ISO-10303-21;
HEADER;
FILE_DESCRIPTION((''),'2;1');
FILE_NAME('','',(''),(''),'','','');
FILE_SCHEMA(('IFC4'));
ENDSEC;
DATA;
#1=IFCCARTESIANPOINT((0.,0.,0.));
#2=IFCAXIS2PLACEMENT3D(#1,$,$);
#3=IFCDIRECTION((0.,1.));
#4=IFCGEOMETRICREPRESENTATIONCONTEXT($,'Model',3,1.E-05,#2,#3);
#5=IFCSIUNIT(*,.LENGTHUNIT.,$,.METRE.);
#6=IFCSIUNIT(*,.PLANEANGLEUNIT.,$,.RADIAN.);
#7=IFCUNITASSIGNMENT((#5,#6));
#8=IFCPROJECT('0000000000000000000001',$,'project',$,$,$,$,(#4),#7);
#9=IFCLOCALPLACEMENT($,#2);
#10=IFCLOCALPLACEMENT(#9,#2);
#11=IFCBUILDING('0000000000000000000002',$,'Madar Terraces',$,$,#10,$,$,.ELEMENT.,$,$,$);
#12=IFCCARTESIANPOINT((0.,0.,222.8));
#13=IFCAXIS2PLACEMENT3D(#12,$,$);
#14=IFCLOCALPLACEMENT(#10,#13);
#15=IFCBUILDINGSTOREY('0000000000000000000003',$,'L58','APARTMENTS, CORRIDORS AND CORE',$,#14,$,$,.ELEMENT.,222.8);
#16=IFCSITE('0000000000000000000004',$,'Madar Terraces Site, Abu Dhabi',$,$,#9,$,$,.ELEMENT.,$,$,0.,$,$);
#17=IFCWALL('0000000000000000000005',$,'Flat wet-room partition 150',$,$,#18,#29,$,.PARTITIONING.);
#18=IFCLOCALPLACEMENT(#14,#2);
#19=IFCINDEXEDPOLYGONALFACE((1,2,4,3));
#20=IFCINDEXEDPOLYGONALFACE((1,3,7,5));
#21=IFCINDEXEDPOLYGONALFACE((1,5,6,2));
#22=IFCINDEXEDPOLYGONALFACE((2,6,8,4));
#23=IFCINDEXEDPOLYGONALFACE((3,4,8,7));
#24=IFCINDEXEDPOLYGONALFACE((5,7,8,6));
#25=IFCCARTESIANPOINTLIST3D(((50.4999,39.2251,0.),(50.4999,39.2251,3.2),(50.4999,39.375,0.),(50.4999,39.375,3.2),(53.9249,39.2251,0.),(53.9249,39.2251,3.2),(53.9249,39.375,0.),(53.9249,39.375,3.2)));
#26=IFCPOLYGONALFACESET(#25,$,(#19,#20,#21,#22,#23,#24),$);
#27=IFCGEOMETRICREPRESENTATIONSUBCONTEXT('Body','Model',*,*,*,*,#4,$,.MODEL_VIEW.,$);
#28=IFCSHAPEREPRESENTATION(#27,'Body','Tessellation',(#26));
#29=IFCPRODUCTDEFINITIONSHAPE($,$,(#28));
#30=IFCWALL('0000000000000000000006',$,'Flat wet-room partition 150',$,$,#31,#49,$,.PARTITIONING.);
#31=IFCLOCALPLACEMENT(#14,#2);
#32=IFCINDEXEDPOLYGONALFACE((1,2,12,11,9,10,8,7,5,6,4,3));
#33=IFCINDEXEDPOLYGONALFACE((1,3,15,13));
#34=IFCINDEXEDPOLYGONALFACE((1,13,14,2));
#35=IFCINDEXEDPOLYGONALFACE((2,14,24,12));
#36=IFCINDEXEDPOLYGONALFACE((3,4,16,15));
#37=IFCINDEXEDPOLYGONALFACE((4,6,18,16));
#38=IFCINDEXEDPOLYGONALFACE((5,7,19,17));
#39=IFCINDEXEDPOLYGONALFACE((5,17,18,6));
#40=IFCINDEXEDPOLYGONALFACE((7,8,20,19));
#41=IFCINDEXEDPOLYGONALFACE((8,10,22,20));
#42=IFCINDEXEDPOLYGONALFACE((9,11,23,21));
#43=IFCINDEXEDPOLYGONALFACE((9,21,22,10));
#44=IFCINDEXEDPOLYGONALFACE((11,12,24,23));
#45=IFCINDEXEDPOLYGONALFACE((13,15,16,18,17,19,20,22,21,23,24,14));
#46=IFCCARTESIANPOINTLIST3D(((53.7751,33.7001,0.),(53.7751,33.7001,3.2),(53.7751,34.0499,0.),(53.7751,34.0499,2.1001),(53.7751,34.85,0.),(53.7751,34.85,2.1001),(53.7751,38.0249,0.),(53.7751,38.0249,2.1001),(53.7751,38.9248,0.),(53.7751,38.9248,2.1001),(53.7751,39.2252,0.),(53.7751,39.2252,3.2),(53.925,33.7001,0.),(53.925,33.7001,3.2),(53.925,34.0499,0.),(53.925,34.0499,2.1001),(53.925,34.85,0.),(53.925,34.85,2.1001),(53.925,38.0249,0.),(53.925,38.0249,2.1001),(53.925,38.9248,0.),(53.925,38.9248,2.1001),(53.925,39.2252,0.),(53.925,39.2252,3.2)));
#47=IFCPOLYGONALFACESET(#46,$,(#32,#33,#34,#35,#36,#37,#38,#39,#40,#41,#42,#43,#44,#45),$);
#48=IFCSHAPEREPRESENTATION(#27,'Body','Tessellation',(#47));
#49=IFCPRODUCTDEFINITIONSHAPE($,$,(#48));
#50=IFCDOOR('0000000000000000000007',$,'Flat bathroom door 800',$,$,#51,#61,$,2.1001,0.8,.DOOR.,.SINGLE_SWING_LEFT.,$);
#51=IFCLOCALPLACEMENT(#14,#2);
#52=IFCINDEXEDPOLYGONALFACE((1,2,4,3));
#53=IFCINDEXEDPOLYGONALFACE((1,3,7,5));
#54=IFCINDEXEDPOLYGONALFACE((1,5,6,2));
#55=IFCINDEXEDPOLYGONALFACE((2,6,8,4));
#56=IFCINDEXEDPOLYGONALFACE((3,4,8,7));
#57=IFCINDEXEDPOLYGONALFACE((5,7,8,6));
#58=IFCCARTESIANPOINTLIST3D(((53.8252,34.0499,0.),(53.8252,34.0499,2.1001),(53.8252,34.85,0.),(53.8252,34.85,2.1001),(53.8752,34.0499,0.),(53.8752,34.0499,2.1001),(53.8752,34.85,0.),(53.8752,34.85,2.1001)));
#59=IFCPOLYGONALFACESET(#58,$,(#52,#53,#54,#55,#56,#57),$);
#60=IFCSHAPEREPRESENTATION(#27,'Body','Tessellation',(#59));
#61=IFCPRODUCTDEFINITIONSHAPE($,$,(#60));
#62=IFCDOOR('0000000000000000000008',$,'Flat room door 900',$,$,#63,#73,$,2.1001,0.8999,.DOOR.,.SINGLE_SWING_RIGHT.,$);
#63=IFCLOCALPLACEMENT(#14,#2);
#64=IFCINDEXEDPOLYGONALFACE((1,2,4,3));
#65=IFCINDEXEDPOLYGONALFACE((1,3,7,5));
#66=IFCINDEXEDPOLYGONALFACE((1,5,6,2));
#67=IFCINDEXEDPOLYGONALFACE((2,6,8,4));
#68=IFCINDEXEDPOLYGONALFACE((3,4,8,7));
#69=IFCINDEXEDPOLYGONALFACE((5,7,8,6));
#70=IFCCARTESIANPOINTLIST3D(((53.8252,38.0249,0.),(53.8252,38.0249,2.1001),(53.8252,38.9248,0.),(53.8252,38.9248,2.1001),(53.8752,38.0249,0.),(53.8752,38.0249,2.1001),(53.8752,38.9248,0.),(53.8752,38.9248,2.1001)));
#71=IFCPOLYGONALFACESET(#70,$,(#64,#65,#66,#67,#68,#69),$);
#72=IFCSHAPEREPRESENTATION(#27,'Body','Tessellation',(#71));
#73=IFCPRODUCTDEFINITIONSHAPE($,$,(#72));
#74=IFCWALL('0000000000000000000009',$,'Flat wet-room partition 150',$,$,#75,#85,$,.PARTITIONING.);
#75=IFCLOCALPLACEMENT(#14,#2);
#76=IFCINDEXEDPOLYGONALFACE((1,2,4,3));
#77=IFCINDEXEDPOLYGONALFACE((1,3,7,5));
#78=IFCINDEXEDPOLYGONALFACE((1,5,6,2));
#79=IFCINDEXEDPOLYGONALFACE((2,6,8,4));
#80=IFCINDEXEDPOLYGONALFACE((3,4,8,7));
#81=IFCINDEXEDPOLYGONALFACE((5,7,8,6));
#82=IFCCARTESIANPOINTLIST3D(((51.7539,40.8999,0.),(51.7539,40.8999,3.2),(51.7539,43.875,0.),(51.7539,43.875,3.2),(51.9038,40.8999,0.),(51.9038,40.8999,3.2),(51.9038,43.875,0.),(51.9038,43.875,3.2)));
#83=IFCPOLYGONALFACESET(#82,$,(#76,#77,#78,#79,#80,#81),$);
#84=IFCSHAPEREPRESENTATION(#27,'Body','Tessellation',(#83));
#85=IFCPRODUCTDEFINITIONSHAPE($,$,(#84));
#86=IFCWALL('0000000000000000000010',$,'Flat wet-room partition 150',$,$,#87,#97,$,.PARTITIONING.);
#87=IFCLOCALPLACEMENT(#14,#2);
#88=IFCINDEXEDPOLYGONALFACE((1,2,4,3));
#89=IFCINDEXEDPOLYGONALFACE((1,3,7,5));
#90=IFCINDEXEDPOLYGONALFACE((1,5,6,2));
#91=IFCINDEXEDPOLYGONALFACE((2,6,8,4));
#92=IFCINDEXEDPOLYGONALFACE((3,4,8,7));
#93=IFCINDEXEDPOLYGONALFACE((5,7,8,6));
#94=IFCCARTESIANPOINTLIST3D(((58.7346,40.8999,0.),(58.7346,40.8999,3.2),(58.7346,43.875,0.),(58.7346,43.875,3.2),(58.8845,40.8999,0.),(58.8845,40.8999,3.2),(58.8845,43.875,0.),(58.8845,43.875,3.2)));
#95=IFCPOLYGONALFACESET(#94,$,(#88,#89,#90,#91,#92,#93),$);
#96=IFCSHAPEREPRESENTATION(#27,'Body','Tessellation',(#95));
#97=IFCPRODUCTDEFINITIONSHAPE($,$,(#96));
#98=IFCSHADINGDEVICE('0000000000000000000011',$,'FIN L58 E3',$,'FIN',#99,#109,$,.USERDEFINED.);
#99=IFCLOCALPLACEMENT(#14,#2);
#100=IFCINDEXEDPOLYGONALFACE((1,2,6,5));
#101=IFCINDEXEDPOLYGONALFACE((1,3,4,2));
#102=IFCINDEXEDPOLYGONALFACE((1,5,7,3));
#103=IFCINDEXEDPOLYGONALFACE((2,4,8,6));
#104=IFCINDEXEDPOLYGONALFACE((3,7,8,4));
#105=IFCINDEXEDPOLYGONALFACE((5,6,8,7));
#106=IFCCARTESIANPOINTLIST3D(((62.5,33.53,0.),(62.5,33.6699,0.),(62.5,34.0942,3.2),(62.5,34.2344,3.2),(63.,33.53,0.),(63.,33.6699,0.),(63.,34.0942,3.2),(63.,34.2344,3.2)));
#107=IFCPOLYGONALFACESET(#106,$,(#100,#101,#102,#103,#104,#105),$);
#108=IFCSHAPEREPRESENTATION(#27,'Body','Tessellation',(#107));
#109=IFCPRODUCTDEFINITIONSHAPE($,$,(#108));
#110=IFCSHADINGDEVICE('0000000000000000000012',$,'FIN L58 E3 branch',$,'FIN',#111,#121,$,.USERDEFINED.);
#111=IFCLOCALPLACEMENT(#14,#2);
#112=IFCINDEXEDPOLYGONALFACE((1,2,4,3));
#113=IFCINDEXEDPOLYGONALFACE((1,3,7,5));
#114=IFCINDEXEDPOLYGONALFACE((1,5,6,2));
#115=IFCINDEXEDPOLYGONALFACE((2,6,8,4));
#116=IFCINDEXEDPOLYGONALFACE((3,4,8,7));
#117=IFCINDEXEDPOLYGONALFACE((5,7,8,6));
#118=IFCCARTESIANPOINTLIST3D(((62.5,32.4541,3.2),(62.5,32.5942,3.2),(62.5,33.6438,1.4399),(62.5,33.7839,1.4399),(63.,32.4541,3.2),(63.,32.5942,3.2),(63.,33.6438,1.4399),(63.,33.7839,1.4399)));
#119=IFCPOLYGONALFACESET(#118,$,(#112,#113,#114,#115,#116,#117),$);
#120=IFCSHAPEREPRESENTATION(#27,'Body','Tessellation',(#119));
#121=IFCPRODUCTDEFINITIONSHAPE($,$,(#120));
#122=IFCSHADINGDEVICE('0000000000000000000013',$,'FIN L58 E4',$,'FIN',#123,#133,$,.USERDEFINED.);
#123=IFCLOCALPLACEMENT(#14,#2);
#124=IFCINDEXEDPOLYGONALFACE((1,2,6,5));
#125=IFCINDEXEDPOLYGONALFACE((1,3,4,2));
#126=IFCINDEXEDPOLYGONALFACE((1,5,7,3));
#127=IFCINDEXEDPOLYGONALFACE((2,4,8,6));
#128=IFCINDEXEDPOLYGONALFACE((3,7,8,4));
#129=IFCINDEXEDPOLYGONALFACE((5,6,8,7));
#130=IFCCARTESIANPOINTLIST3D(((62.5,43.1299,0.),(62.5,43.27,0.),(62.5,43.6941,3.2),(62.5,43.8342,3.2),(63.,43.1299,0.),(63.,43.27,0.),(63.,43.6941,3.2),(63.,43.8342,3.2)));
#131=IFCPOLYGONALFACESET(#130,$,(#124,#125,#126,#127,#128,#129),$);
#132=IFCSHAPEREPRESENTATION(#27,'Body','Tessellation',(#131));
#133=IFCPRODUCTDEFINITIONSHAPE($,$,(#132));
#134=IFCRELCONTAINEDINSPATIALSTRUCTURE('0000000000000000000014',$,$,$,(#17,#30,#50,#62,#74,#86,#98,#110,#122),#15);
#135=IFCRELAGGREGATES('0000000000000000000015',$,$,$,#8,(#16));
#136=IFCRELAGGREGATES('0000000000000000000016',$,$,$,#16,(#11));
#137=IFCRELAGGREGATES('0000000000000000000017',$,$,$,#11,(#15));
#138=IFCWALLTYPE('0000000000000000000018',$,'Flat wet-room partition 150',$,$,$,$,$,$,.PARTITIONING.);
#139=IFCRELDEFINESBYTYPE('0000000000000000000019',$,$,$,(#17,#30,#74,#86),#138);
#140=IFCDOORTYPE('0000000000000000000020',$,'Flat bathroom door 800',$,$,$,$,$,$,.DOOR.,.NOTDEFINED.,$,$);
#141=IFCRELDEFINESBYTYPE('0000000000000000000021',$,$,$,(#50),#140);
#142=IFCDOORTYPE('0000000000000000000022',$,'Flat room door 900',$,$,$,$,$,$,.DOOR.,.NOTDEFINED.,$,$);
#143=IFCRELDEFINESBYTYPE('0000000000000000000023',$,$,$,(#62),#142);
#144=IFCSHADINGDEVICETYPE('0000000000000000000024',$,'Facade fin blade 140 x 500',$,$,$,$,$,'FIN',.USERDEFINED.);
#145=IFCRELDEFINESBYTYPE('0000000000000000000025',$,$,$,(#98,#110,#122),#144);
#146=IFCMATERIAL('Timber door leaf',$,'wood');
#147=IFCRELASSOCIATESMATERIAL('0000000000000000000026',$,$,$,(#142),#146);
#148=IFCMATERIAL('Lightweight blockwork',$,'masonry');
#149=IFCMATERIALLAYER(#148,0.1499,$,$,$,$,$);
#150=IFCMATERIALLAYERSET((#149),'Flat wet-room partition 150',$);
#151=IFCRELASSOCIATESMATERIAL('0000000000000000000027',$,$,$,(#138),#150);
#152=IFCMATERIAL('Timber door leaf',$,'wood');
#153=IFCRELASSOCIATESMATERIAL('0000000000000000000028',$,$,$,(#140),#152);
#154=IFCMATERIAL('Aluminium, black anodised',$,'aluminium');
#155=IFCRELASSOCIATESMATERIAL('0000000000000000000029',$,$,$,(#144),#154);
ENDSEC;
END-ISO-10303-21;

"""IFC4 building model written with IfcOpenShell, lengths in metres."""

from ifc_helpers import new_model, si_unit, direction, frame, frame_2d, origin, place, context, subcontext, project, spatial, polyline, rectangle, outline, extrude, material, layer, layer_set, type_object, element, fill, save


model = new_model("IFC4")

# Units and contexts
model_context = context("Model", 3, precision=1e-05, world=origin(), true_north=direction((0.0, 1.0)))
body_context = subcontext(model_context, "Body", "Model", "MODEL_VIEW")
ifc_project = project(units=[si_unit("LENGTHUNIT", "METRE"), si_unit("PLANEANGLEUNIT", "RADIAN")], contexts=[model_context])

# Site, building, storey
site_placement = place(None, origin())
site = spatial("IfcSite", under=ifc_project, at=site_placement, Name="Madar Terraces Site, Abu Dhabi", CompositionType="ELEMENT", RefElevation=0.0)
building_placement = place(site_placement, origin())
building = spatial("IfcBuilding", under=site, at=building_placement, Name="Madar Terraces", CompositionType="ELEMENT")
storey_placement = place(building_placement, frame((0.0, 0.0, 222.8)))
storey = spatial("IfcBuildingStorey", under=building, at=storey_placement, Name="L58", Description="APARTMENTS, CORRIDORS AND CORE", CompositionType="ELEMENT", Elevation=222.8)

# Shared definitions
ifc_material_1 = material(Name="Timber door leaf", Category="wood")
door_type_1 = type_object("IfcDoorType", Name="Flat room door 900", OperationType="NOTDEFINED", PredefinedType="DOOR", material=ifc_material_1)

# Wall
ifc_material_2 = material(Name="Lightweight blockwork", Category="masonry")
ifc_layer_1 = layer(ifc_material_2, 0.1499)
ifc_layer_set_1 = layer_set([ifc_layer_1], Name="Flat wet-room partition 150")
wall_type_1 = type_object("IfcWallType", Name="Flat wet-room partition 150", PredefinedType="PARTITIONING", material=ifc_layer_set_1)
wall_1_placement = place(storey_placement, frame((50.5, 39.3, 0.0), z_axis=(0.0, 0.0, 1.0), x_axis=(1.0, 0.0, 0.0)))
element("IfcWall", 1, at=wall_1_placement, inside=storey, type_object=wall_type_1, Name="Flat wet-room partition 150", PredefinedType="PARTITIONING", context=body_context, shape_type="SweptSolid", body=[
    extrude(rectangle(XDim=3.425, YDim=0.1499, at=frame_2d((1.7124, 0.0))), origin(), (0.0, 0.0, 1.0), 3.2),
])

# Wall, openings, doors
wall_2_placement = place(storey_placement, frame((53.8501, 33.7, 0.0), z_axis=(0.0, 0.0, 1.0), x_axis=(0.0, 1.0, 0.0)))
wall_2 = element("IfcWall", 2, at=wall_2_placement, inside=storey, type_object=wall_type_1, Name="Flat wet-room partition 150", PredefinedType="PARTITIONING", context=body_context, shape_type="SweptSolid", body=[
    extrude(rectangle(XDim=5.5251, YDim=0.1499, at=frame_2d((2.7627, 0.0))), origin(), (0.0, 0.0, 1.0), 3.2),
])
opening_1_placement = place(wall_2_placement, frame((4.325, 0.0, 0.0)))
opening_1 = element("IfcOpeningElement", 3, at=opening_1_placement, cuts=wall_2, PredefinedType="OPENING", context=body_context, shape_type="SweptSolid", body=[
    extrude(rectangle(XDim=0.8999, YDim=2.1001, at=frame_2d((0.45, 1.05))), frame((0.0, 0.085, 0.0), z_axis=(0.0, -1.0, 0.0), x_axis=(1.0, 0.0, 0.0)), (0.0, 0.0, 1.0), 0.1699),
])
opening_2_placement = place(wall_2_placement, frame((0.3501, 0.0, 0.0)))
opening_2 = element("IfcOpeningElement", 4, at=opening_2_placement, cuts=wall_2, PredefinedType="OPENING", context=body_context, shape_type="SweptSolid", body=[
    extrude(rectangle(XDim=0.8, YDim=2.1001, at=frame_2d((0.3999, 1.05))), frame((0.0, 0.085, 0.0), z_axis=(0.0, -1.0, 0.0), x_axis=(1.0, 0.0, 0.0)), (0.0, 0.0, 1.0), 0.1699),
])
ifc_material_3 = material(Name="Timber door leaf", Category="wood")
door_type_2 = type_object("IfcDoorType", Name="Flat bathroom door 800", OperationType="NOTDEFINED", PredefinedType="DOOR", material=ifc_material_3)
door_1_placement = place(opening_2_placement, origin())
door_1 = element("IfcDoor", 5, at=door_1_placement, inside=storey, type_object=door_type_2, Name="Flat bathroom door 800", OperationType="SINGLE_SWING_LEFT", OverallHeight=2.1001, OverallWidth=0.8, PredefinedType="DOOR", context=body_context, shape_type="SweptSolid", body=[
    extrude(rectangle(XDim=0.8, YDim=2.1001, at=frame_2d((0.3999, 1.05))), frame((0.0, 0.0249, 0.0), z_axis=(0.0, -1.0, 0.0), x_axis=(1.0, 0.0, 0.0)), (0.0, 0.0, 1.0), 0.05),
])
fill(opening_2, door_1)
door_2_placement = place(opening_1_placement, origin())
door_2 = element("IfcDoor", 6, at=door_2_placement, inside=storey, type_object=door_type_1, Name="Flat room door 900", OperationType="SINGLE_SWING_RIGHT", OverallHeight=2.1001, OverallWidth=0.8999, PredefinedType="DOOR", context=body_context, shape_type="SweptSolid", body=[
    extrude(rectangle(XDim=0.8999, YDim=2.1001, at=frame_2d((0.45, 1.05))), frame((0.0, 0.0249, 0.0), z_axis=(0.0, -1.0, 0.0), x_axis=(1.0, 0.0, 0.0)), (0.0, 0.0, 1.0), 0.05),
])
fill(opening_1, door_2)

# Walls
for number, where, z_axis, x_axis, name in (
    (7, (51.8289, 40.8999, 0.0), (0.0, 0.0, 1.0), (0.0, 1.0, 0.0), "Flat wet-room partition 150"),
    (8, (58.8096, 40.8999, 0.0), (0.0, 0.0, 1.0), (0.0, 1.0, 0.0), "Flat wet-room partition 150"),
):
    element("IfcWall", number, at=place(storey_placement, frame(where, z_axis=z_axis, x_axis=x_axis)), inside=storey, type_object=wall_type_1, Name=name, PredefinedType="PARTITIONING", context=body_context, shape_type="SweptSolid", body=[
        extrude(rectangle(XDim=2.9751, YDim=0.1499, at=frame_2d((1.4875, 0.0))), origin(), (0.0, 0.0, 1.0), 3.2),
    ])

# Shading devices
ifc_material_4 = material(Name="Aluminium, black anodised", Category="aluminium")
shading_device_type = type_object("IfcShadingDeviceType", Name="Facade fin blade 140 x 500", ElementType="FIN", PredefinedType="USERDEFINED", material=ifc_material_4)
shading_device_1_placement = place(storey_placement, frame((62.75, 33.53, 0.0), z_axis=(0.0, 0.0, 1.0), x_axis=(0.0, 1.0, 0.0)))
element("IfcShadingDevice", 9, at=shading_device_1_placement, inside=storey, type_object=shading_device_type, Name="FIN L58 E3", ObjectType="FIN", PredefinedType="USERDEFINED", context=body_context, shape_type="SweptSolid", body=[
    extrude(outline(polyline([(0.0, 0.0), (0.1399, 0.0), (0.7043, 3.2), (0.5642, 3.2), (0.0, 0.0)])), frame((0.0, 0.25, 0.0), z_axis=(0.0, -1.0, 0.0), x_axis=(1.0, 0.0, 0.0)), (0.0, 0.0, 1.0), 0.5),
])
shading_device_2_placement = place(storey_placement, frame((62.75, 33.6438, 1.4399), z_axis=(0.0, 0.0, 1.0), x_axis=(0.0, 1.0, 0.0)))
element("IfcShadingDevice", 10, at=shading_device_2_placement, inside=storey, type_object=shading_device_type, Name="FIN L58 E3 branch", ObjectType="FIN", PredefinedType="USERDEFINED", context=body_context, shape_type="SweptSolid", body=[
    extrude(outline(polyline([(0.0, 0.0), (0.1401, 0.0), (-1.0496, 1.76), (-1.1897, 1.76), (0.0, 0.0)])), frame((0.0, 0.25, 0.0), z_axis=(0.0, -1.0, 0.0), x_axis=(1.0, 0.0, 0.0)), (0.0, 0.0, 1.0), 0.5),
])
shading_device_3_placement = place(storey_placement, frame((62.75, 43.1299, 0.0), z_axis=(0.0, 0.0, 1.0), x_axis=(0.0, 1.0, 0.0)))
element("IfcShadingDevice", 11, at=shading_device_3_placement, inside=storey, type_object=shading_device_type, Name="FIN L58 E4", ObjectType="FIN", PredefinedType="USERDEFINED", context=body_context, shape_type="SweptSolid", body=[
    extrude(outline(polyline([(0.0, 0.0), (0.1401, 0.0), (0.7043, 3.2), (0.5642, 3.2), (0.0, 0.0)])), frame((0.0, 0.25, 0.0), z_axis=(0.0, -1.0, 0.0), x_axis=(1.0, 0.0, 0.0)), (0.0, 0.0, 1.0), 0.5),
])

save(model, "model.ifc")
